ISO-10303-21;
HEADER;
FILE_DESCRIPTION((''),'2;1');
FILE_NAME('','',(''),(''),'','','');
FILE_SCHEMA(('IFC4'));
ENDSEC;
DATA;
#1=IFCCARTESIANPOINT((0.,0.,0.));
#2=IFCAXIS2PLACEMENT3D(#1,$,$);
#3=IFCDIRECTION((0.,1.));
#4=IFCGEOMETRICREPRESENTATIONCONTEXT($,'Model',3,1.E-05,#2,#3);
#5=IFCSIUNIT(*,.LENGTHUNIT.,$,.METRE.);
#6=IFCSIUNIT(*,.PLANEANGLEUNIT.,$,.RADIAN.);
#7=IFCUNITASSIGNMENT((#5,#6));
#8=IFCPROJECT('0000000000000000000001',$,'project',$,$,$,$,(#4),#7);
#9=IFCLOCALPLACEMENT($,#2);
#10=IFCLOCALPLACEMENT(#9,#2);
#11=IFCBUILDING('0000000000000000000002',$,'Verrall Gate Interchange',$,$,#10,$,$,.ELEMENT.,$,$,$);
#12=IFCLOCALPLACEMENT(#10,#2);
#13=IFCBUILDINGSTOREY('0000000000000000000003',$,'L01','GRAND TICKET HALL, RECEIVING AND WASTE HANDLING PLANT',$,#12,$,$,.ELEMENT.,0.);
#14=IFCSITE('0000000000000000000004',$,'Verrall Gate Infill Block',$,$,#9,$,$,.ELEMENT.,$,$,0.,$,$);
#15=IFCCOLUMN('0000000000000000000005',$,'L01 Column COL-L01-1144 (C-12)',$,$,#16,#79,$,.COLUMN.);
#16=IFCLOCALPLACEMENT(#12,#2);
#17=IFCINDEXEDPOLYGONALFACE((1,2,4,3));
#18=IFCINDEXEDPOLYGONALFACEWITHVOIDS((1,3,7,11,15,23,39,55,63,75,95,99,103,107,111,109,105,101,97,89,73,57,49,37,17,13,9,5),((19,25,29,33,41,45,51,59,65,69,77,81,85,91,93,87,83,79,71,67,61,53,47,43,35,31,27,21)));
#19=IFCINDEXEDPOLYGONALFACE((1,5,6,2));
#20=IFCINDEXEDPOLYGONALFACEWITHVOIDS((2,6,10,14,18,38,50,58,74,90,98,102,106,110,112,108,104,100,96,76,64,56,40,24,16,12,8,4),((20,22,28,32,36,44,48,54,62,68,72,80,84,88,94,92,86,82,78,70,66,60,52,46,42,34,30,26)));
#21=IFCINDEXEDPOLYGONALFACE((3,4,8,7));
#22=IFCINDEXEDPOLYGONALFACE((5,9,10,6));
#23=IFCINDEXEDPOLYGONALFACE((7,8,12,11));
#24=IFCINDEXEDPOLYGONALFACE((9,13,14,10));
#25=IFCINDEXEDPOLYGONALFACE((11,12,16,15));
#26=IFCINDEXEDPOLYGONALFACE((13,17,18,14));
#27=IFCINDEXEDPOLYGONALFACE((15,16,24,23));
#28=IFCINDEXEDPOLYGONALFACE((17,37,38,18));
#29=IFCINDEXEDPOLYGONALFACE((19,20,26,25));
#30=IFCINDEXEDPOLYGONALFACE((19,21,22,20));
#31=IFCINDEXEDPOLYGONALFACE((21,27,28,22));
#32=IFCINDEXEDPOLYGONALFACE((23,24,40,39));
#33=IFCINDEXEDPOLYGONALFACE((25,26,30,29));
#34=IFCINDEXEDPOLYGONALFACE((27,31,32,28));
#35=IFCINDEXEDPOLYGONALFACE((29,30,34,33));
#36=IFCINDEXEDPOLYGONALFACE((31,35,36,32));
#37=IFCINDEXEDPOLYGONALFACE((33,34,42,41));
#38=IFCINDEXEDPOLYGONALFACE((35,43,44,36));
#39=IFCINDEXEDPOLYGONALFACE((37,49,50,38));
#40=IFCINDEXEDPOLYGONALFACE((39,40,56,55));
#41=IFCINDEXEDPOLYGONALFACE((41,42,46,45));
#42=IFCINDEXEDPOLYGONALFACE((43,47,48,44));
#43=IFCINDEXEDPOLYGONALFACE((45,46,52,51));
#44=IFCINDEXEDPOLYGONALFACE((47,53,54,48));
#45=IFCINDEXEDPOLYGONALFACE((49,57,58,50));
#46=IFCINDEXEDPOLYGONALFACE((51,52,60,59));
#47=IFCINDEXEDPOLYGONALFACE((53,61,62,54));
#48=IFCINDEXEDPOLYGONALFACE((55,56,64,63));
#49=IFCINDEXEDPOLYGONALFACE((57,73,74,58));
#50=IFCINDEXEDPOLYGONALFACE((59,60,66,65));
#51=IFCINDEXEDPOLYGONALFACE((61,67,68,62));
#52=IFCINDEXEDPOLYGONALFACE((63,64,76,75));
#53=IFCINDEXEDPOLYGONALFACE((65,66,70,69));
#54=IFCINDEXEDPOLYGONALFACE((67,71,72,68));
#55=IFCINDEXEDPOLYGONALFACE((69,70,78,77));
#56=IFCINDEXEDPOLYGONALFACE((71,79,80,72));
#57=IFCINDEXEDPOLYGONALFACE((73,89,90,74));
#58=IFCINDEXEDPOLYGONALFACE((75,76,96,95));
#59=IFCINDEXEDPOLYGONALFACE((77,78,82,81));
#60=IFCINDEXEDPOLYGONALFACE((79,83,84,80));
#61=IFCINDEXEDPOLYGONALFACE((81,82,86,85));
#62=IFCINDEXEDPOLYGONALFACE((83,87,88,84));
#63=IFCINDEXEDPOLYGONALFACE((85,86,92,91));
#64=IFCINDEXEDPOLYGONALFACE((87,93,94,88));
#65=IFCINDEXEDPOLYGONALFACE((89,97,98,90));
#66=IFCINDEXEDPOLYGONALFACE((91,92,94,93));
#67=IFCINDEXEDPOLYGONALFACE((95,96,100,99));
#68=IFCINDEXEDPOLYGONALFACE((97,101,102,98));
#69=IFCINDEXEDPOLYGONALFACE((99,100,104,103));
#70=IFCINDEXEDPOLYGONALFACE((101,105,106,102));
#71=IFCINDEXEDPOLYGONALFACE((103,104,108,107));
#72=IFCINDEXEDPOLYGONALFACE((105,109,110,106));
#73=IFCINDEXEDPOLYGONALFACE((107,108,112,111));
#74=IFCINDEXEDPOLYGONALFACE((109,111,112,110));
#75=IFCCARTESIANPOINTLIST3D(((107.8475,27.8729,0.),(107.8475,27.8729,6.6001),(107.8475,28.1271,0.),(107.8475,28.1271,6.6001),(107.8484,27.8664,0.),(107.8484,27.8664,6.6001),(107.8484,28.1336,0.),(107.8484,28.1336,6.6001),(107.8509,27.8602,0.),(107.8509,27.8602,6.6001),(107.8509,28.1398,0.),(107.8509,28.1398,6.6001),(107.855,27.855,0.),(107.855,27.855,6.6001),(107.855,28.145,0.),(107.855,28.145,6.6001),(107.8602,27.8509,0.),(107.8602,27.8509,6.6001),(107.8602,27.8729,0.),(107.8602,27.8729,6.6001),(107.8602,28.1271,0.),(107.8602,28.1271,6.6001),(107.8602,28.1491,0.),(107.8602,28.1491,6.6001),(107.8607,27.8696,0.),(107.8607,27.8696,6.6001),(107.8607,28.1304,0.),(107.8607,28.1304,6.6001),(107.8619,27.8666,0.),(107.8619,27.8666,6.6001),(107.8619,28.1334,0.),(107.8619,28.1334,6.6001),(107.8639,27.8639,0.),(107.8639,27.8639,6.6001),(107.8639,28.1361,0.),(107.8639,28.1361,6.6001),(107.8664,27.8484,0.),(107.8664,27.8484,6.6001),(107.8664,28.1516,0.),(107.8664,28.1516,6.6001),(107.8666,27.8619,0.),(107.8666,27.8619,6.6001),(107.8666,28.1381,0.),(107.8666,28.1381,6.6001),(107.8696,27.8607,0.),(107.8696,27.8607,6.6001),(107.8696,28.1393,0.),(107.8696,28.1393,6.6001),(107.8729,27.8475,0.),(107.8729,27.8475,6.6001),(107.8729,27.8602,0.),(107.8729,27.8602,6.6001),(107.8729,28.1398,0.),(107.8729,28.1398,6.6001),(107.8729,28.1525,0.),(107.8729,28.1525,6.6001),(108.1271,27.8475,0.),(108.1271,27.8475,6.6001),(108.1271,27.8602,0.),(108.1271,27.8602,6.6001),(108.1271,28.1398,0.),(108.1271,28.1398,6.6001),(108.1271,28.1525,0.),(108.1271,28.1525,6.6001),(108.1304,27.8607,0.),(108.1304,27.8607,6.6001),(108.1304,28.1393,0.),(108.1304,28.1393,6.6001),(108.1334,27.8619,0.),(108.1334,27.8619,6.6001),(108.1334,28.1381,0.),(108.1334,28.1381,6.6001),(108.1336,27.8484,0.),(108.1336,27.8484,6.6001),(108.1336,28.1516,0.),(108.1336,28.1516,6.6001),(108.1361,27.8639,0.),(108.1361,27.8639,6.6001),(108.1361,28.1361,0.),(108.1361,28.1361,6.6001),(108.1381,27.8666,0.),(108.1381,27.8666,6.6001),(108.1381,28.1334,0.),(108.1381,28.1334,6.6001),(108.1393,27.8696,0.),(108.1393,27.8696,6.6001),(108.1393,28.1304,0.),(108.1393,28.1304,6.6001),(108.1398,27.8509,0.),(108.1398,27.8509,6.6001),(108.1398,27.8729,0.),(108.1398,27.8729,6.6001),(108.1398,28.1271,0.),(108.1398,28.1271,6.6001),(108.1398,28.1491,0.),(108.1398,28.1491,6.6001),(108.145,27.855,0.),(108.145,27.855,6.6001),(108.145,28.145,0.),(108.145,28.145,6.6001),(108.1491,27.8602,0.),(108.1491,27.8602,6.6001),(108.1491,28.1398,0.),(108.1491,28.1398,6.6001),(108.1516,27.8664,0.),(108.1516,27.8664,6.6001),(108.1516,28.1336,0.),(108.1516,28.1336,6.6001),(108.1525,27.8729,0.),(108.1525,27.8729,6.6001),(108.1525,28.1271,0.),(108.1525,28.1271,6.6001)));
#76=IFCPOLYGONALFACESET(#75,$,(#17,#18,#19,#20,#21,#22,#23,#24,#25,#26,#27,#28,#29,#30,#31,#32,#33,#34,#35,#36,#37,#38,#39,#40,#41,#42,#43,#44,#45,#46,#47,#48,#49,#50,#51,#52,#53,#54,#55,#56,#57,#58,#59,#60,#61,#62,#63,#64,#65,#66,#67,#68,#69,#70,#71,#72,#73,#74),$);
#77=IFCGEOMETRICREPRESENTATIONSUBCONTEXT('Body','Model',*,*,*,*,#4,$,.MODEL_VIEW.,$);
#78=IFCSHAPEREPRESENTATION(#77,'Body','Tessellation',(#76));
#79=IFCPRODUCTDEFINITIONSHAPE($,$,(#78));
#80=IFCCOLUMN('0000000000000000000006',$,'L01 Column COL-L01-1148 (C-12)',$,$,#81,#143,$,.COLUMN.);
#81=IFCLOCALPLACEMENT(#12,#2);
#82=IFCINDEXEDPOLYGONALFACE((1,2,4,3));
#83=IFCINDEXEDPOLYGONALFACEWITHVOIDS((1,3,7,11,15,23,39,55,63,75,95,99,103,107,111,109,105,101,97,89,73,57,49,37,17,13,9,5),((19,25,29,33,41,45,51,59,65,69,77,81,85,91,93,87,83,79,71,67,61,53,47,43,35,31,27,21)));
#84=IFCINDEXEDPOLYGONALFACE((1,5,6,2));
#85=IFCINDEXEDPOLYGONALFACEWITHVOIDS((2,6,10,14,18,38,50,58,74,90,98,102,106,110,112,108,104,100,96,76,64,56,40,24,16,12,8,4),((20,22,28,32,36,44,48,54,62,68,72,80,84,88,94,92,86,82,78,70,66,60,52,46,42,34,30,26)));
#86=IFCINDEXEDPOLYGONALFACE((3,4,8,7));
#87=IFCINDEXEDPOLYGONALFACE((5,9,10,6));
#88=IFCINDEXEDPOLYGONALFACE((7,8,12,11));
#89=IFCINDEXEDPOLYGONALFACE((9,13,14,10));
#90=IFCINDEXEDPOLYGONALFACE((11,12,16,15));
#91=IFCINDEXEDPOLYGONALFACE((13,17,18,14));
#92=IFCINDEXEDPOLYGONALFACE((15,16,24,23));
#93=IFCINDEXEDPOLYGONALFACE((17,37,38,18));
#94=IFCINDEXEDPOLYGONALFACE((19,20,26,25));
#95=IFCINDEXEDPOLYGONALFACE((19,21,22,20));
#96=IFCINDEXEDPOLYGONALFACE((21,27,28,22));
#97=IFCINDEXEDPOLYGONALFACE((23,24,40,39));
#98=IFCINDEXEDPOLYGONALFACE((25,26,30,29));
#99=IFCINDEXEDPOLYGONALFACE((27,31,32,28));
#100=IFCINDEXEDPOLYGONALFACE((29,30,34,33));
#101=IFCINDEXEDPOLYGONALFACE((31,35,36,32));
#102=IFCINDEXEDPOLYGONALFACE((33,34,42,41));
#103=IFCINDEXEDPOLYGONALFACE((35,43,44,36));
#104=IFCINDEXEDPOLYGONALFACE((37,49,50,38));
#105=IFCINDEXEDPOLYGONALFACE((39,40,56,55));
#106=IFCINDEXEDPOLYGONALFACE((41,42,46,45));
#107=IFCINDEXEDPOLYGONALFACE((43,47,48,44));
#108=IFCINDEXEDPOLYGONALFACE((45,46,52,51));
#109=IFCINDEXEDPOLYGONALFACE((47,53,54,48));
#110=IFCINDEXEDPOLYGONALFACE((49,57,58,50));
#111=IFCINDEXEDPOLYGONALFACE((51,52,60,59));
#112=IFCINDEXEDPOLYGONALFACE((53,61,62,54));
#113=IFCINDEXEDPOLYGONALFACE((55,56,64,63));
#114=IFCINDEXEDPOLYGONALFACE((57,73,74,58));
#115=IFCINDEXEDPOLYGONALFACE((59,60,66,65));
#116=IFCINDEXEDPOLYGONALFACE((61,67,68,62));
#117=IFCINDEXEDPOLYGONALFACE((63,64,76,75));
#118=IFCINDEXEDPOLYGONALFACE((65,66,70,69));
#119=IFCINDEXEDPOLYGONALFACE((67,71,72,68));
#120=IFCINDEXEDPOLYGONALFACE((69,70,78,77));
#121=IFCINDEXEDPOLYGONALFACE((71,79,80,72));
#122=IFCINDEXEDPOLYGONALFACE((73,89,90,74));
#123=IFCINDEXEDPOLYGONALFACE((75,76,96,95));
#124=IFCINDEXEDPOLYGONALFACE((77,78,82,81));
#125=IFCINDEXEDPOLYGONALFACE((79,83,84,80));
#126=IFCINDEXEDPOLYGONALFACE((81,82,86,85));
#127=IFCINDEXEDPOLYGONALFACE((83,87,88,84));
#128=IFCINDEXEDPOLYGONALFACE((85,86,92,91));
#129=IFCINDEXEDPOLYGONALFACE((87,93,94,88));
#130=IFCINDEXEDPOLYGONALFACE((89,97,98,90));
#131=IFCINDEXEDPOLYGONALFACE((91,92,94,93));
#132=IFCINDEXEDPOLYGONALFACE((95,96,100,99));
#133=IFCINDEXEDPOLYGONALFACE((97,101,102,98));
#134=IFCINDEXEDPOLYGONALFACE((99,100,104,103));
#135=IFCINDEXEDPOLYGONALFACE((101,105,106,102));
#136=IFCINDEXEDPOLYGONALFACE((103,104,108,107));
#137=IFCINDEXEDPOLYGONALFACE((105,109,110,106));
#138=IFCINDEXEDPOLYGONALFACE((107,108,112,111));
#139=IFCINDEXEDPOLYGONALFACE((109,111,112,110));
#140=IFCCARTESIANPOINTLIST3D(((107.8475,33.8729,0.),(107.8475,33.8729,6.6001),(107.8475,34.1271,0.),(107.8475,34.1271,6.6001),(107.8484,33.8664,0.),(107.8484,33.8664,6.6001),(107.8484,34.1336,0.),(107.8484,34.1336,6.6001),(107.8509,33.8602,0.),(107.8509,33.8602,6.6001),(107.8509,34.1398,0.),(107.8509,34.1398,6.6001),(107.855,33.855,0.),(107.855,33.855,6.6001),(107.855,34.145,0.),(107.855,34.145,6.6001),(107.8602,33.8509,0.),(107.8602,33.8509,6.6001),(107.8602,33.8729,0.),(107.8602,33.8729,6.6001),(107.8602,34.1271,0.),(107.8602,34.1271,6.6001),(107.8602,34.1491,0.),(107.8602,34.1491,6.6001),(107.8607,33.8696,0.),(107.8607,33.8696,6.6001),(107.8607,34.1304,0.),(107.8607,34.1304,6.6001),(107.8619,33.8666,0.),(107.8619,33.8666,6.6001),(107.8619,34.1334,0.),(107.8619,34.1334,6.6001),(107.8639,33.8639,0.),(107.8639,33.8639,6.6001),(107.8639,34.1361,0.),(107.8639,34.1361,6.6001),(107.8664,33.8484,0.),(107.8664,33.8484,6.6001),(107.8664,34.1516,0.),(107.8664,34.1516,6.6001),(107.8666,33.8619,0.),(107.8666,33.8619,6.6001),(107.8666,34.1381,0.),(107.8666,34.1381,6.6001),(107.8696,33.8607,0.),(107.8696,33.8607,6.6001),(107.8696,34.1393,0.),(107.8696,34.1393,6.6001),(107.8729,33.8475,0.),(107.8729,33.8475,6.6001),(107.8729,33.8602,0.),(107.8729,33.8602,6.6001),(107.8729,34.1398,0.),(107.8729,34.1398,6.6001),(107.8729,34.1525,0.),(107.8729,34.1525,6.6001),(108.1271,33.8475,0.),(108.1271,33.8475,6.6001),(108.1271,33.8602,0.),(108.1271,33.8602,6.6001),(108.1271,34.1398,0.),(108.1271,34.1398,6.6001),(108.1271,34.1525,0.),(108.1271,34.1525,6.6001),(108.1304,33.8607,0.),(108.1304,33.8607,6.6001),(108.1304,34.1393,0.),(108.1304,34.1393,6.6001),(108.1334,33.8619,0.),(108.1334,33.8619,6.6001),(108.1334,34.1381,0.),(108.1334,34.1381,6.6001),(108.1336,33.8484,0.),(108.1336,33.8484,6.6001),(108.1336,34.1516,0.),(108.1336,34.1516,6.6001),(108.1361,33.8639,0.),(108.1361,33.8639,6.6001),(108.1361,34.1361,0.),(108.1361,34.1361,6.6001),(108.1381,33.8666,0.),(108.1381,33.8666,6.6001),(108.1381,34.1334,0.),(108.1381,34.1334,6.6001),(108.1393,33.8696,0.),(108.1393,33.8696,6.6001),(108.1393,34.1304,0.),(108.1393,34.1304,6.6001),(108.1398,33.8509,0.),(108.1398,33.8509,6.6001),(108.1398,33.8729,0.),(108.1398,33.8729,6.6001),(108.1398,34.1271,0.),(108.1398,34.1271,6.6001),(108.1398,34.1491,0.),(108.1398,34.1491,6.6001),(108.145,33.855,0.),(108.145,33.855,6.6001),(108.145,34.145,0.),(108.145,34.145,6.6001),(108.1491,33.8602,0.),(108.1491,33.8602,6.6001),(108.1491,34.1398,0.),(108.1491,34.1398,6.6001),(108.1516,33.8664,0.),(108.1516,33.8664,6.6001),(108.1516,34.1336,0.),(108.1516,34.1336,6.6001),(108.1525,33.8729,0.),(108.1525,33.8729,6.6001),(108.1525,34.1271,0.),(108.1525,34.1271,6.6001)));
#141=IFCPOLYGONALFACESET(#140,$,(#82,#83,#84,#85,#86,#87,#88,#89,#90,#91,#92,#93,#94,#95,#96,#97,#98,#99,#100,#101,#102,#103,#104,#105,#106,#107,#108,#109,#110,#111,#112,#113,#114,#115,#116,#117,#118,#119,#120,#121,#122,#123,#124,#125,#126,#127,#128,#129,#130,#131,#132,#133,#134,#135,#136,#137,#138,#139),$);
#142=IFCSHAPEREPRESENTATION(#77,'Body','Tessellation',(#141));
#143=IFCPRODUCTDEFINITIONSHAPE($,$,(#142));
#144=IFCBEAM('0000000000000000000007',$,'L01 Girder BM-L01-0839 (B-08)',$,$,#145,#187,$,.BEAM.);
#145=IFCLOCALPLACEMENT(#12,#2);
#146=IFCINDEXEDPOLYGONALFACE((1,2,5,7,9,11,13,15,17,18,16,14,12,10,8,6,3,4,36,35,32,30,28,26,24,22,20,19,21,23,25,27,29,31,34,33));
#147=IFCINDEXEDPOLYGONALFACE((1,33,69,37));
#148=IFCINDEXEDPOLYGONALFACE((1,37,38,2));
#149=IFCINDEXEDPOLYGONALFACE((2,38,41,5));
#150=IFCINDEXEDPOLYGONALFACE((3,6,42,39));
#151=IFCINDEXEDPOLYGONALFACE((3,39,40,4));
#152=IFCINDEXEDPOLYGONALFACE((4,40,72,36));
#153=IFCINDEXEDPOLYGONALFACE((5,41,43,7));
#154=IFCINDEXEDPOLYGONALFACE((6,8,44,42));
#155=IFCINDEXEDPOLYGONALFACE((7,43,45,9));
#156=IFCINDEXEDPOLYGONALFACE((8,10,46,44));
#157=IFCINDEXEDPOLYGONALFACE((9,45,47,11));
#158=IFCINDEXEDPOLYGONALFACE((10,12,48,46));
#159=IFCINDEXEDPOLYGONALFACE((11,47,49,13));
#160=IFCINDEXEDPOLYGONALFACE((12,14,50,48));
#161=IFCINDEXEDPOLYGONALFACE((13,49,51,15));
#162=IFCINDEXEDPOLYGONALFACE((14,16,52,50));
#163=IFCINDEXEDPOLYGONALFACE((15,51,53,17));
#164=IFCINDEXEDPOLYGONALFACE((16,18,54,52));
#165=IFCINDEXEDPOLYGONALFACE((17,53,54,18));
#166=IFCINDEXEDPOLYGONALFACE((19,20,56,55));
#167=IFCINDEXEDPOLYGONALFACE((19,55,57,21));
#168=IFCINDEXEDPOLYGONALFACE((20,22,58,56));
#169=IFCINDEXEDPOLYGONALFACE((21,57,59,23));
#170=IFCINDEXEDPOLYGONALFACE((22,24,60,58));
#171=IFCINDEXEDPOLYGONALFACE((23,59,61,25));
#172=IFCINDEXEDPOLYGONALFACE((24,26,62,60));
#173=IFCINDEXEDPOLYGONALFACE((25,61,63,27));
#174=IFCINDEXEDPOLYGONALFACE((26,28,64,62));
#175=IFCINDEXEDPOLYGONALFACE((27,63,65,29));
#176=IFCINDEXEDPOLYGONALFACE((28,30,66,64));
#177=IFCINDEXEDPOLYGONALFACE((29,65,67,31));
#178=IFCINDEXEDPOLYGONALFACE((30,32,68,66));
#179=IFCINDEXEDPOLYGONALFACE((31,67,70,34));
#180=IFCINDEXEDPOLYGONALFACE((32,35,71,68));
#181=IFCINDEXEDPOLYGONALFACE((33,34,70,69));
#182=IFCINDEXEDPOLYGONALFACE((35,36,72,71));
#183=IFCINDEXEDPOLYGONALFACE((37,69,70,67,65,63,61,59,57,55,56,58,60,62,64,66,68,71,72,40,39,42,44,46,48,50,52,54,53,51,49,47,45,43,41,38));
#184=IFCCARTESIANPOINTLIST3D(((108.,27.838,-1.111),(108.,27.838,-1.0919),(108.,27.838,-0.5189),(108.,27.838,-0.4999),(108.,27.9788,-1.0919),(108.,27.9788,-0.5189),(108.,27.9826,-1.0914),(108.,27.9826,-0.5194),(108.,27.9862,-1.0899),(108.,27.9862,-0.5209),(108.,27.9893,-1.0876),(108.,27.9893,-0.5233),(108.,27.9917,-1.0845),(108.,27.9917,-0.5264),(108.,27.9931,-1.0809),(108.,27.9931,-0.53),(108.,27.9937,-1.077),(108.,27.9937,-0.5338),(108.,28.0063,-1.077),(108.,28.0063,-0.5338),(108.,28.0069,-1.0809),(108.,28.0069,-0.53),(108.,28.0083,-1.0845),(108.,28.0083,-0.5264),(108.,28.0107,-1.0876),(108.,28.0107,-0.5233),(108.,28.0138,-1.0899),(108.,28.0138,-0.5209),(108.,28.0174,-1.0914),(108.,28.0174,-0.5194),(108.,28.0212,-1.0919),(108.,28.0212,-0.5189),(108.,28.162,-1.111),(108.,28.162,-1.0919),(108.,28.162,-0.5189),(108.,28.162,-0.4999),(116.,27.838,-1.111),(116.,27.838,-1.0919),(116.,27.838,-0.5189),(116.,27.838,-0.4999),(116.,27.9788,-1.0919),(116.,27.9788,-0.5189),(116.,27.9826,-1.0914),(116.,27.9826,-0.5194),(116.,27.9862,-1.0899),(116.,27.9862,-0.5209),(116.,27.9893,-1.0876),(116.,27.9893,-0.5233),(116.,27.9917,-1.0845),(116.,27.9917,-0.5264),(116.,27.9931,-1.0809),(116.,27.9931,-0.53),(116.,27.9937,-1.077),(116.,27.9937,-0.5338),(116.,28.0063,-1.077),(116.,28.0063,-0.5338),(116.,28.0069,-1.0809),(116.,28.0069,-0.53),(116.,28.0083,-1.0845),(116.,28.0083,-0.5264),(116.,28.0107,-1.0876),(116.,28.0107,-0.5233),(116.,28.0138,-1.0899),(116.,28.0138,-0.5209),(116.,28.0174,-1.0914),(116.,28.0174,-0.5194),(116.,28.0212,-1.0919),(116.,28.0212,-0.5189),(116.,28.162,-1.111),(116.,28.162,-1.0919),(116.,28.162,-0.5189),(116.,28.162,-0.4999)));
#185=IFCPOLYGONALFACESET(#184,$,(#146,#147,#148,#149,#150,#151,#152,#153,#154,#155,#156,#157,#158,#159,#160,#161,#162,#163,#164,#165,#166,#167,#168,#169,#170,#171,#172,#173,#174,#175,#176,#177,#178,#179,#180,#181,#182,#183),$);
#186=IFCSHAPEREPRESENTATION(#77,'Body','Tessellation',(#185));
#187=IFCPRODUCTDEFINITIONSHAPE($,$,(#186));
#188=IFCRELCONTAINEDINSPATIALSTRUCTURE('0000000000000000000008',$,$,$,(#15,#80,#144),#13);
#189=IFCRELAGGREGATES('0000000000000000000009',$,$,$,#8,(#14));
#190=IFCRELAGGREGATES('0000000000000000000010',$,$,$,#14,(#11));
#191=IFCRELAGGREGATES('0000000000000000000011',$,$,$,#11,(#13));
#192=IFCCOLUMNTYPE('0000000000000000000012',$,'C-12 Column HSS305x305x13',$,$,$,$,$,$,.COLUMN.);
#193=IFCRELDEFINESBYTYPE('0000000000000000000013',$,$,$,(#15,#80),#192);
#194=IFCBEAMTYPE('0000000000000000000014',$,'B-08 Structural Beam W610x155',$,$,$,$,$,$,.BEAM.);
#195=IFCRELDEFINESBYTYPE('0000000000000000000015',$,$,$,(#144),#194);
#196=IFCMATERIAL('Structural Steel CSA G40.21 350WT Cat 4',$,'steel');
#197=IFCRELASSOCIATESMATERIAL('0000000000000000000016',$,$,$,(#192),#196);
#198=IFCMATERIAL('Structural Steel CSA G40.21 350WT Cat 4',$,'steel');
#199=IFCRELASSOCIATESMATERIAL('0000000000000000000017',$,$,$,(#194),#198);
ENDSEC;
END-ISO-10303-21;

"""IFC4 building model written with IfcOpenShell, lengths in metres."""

from ifc_helpers import new_model, si_unit, direction, frame, origin, origin_2d, place, context, subcontext, project, spatial, hollow_rectangle, i_section, extrude, material, material_profile, profile_set, type_object, element, save


model = new_model("IFC4")

# Units and contexts
model_context = context("Model", 3, precision=1e-05, world=origin(), true_north=direction((0.0, 1.0)))
body_context = subcontext(model_context, "Body", "Model", "MODEL_VIEW")
ifc_project = project(units=[si_unit("LENGTHUNIT", "METRE"), si_unit("PLANEANGLEUNIT", "RADIAN")], contexts=[model_context])

# Site, building, storey
site_placement = place(None, origin())
site = spatial("IfcSite", under=ifc_project, at=site_placement, Name="Verrall Gate Infill Block", CompositionType="ELEMENT", RefElevation=0.0)
building_placement = place(site_placement, origin())
building = spatial("IfcBuilding", under=site, at=building_placement, Name="Verrall Gate Interchange", CompositionType="ELEMENT")
storey_placement = place(building_placement, origin())
storey = spatial("IfcBuildingStorey", under=building, at=storey_placement, Name="L01", Description="GRAND TICKET HALL, RECEIVING AND WASTE HANDLING PLANT", CompositionType="ELEMENT", Elevation=0.0)

# Columns
ifc_material_1 = material(Name="Structural Steel CSA G40.21 350WT Cat 4", Category="steel")
ifc_material_profile_1 = material_profile(ifc_material_1, hollow_rectangle(XDim=0.3049, YDim=0.3049, WallThickness=0.0127, InnerFilletRadius=0.0127, OuterFilletRadius=0.0254, at=origin_2d()), Name="HSS305x305x13")
ifc_profile_set_1 = profile_set([ifc_material_profile_1], Name="Structural Steel CSA G40.21 350WT Cat 4")
column_type = type_object("IfcColumnType", Name="C-12 Column HSS305x305x13", PredefinedType="COLUMN", material=ifc_profile_set_1)
for number, where, z_axis, x_axis, name in (
    (1, (108.0, 28.0, 0.0), (0.0, 0.0, 1.0), (1.0, 0.0, 0.0), "L01 Column COL-L01-1144 (C-12)"),
    (2, (108.0, 34.0, 0.0), (0.0, 0.0, 1.0), (1.0, 0.0, 0.0), "L01 Column COL-L01-1148 (C-12)"),
):
    element("IfcColumn", number, at=place(storey_placement, frame(where, z_axis=z_axis, x_axis=x_axis)), inside=storey, type_object=column_type, Name=name, PredefinedType="COLUMN", context=body_context, shape_type="SweptSolid", body=[
        extrude(hollow_rectangle(XDim=0.3049, YDim=0.3049, WallThickness=0.0127, InnerFilletRadius=0.0127, OuterFilletRadius=0.0254, at=origin_2d()), origin(), (0.0, 0.0, 1.0), 6.6001),
    ])

# Beam
ifc_material_2 = material(Name="Structural Steel CSA G40.21 350WT Cat 4", Category="steel")
ifc_material_profile_2 = material_profile(ifc_material_2, i_section(OverallWidth=0.324, OverallDepth=0.6111, WebThickness=0.0127, FlangeThickness=0.019, FilletRadius=0.0149, at=origin_2d()), Name="W610x155")
ifc_profile_set_2 = profile_set([ifc_material_profile_2], Name="Structural Steel CSA G40.21 350WT Cat 4")
beam_type_1 = type_object("IfcBeamType", Name="B-08 Structural Beam W610x155", PredefinedType="BEAM", material=ifc_profile_set_2)
for number, where, z_axis, x_axis, name in (
    (3, (108.0, 28.0, -0.8054), (1.0, 0.0, 0.0), (0.0, 1.0, 0.0), "L01 Girder BM-L01-0839 (B-08)"),
):
    element("IfcBeam", number, at=place(storey_placement, frame(where, z_axis=z_axis, x_axis=x_axis)), inside=storey, type_object=beam_type_1, Name=name, PredefinedType="BEAM", context=body_context, shape_type="SweptSolid", body=[
        extrude(i_section(OverallWidth=0.324, OverallDepth=0.6111, WebThickness=0.0127, FlangeThickness=0.019, FilletRadius=0.0149, at=origin_2d()), origin(), (0.0, 0.0, 1.0), 8.0),
    ])

save(model, "model.ifc")
